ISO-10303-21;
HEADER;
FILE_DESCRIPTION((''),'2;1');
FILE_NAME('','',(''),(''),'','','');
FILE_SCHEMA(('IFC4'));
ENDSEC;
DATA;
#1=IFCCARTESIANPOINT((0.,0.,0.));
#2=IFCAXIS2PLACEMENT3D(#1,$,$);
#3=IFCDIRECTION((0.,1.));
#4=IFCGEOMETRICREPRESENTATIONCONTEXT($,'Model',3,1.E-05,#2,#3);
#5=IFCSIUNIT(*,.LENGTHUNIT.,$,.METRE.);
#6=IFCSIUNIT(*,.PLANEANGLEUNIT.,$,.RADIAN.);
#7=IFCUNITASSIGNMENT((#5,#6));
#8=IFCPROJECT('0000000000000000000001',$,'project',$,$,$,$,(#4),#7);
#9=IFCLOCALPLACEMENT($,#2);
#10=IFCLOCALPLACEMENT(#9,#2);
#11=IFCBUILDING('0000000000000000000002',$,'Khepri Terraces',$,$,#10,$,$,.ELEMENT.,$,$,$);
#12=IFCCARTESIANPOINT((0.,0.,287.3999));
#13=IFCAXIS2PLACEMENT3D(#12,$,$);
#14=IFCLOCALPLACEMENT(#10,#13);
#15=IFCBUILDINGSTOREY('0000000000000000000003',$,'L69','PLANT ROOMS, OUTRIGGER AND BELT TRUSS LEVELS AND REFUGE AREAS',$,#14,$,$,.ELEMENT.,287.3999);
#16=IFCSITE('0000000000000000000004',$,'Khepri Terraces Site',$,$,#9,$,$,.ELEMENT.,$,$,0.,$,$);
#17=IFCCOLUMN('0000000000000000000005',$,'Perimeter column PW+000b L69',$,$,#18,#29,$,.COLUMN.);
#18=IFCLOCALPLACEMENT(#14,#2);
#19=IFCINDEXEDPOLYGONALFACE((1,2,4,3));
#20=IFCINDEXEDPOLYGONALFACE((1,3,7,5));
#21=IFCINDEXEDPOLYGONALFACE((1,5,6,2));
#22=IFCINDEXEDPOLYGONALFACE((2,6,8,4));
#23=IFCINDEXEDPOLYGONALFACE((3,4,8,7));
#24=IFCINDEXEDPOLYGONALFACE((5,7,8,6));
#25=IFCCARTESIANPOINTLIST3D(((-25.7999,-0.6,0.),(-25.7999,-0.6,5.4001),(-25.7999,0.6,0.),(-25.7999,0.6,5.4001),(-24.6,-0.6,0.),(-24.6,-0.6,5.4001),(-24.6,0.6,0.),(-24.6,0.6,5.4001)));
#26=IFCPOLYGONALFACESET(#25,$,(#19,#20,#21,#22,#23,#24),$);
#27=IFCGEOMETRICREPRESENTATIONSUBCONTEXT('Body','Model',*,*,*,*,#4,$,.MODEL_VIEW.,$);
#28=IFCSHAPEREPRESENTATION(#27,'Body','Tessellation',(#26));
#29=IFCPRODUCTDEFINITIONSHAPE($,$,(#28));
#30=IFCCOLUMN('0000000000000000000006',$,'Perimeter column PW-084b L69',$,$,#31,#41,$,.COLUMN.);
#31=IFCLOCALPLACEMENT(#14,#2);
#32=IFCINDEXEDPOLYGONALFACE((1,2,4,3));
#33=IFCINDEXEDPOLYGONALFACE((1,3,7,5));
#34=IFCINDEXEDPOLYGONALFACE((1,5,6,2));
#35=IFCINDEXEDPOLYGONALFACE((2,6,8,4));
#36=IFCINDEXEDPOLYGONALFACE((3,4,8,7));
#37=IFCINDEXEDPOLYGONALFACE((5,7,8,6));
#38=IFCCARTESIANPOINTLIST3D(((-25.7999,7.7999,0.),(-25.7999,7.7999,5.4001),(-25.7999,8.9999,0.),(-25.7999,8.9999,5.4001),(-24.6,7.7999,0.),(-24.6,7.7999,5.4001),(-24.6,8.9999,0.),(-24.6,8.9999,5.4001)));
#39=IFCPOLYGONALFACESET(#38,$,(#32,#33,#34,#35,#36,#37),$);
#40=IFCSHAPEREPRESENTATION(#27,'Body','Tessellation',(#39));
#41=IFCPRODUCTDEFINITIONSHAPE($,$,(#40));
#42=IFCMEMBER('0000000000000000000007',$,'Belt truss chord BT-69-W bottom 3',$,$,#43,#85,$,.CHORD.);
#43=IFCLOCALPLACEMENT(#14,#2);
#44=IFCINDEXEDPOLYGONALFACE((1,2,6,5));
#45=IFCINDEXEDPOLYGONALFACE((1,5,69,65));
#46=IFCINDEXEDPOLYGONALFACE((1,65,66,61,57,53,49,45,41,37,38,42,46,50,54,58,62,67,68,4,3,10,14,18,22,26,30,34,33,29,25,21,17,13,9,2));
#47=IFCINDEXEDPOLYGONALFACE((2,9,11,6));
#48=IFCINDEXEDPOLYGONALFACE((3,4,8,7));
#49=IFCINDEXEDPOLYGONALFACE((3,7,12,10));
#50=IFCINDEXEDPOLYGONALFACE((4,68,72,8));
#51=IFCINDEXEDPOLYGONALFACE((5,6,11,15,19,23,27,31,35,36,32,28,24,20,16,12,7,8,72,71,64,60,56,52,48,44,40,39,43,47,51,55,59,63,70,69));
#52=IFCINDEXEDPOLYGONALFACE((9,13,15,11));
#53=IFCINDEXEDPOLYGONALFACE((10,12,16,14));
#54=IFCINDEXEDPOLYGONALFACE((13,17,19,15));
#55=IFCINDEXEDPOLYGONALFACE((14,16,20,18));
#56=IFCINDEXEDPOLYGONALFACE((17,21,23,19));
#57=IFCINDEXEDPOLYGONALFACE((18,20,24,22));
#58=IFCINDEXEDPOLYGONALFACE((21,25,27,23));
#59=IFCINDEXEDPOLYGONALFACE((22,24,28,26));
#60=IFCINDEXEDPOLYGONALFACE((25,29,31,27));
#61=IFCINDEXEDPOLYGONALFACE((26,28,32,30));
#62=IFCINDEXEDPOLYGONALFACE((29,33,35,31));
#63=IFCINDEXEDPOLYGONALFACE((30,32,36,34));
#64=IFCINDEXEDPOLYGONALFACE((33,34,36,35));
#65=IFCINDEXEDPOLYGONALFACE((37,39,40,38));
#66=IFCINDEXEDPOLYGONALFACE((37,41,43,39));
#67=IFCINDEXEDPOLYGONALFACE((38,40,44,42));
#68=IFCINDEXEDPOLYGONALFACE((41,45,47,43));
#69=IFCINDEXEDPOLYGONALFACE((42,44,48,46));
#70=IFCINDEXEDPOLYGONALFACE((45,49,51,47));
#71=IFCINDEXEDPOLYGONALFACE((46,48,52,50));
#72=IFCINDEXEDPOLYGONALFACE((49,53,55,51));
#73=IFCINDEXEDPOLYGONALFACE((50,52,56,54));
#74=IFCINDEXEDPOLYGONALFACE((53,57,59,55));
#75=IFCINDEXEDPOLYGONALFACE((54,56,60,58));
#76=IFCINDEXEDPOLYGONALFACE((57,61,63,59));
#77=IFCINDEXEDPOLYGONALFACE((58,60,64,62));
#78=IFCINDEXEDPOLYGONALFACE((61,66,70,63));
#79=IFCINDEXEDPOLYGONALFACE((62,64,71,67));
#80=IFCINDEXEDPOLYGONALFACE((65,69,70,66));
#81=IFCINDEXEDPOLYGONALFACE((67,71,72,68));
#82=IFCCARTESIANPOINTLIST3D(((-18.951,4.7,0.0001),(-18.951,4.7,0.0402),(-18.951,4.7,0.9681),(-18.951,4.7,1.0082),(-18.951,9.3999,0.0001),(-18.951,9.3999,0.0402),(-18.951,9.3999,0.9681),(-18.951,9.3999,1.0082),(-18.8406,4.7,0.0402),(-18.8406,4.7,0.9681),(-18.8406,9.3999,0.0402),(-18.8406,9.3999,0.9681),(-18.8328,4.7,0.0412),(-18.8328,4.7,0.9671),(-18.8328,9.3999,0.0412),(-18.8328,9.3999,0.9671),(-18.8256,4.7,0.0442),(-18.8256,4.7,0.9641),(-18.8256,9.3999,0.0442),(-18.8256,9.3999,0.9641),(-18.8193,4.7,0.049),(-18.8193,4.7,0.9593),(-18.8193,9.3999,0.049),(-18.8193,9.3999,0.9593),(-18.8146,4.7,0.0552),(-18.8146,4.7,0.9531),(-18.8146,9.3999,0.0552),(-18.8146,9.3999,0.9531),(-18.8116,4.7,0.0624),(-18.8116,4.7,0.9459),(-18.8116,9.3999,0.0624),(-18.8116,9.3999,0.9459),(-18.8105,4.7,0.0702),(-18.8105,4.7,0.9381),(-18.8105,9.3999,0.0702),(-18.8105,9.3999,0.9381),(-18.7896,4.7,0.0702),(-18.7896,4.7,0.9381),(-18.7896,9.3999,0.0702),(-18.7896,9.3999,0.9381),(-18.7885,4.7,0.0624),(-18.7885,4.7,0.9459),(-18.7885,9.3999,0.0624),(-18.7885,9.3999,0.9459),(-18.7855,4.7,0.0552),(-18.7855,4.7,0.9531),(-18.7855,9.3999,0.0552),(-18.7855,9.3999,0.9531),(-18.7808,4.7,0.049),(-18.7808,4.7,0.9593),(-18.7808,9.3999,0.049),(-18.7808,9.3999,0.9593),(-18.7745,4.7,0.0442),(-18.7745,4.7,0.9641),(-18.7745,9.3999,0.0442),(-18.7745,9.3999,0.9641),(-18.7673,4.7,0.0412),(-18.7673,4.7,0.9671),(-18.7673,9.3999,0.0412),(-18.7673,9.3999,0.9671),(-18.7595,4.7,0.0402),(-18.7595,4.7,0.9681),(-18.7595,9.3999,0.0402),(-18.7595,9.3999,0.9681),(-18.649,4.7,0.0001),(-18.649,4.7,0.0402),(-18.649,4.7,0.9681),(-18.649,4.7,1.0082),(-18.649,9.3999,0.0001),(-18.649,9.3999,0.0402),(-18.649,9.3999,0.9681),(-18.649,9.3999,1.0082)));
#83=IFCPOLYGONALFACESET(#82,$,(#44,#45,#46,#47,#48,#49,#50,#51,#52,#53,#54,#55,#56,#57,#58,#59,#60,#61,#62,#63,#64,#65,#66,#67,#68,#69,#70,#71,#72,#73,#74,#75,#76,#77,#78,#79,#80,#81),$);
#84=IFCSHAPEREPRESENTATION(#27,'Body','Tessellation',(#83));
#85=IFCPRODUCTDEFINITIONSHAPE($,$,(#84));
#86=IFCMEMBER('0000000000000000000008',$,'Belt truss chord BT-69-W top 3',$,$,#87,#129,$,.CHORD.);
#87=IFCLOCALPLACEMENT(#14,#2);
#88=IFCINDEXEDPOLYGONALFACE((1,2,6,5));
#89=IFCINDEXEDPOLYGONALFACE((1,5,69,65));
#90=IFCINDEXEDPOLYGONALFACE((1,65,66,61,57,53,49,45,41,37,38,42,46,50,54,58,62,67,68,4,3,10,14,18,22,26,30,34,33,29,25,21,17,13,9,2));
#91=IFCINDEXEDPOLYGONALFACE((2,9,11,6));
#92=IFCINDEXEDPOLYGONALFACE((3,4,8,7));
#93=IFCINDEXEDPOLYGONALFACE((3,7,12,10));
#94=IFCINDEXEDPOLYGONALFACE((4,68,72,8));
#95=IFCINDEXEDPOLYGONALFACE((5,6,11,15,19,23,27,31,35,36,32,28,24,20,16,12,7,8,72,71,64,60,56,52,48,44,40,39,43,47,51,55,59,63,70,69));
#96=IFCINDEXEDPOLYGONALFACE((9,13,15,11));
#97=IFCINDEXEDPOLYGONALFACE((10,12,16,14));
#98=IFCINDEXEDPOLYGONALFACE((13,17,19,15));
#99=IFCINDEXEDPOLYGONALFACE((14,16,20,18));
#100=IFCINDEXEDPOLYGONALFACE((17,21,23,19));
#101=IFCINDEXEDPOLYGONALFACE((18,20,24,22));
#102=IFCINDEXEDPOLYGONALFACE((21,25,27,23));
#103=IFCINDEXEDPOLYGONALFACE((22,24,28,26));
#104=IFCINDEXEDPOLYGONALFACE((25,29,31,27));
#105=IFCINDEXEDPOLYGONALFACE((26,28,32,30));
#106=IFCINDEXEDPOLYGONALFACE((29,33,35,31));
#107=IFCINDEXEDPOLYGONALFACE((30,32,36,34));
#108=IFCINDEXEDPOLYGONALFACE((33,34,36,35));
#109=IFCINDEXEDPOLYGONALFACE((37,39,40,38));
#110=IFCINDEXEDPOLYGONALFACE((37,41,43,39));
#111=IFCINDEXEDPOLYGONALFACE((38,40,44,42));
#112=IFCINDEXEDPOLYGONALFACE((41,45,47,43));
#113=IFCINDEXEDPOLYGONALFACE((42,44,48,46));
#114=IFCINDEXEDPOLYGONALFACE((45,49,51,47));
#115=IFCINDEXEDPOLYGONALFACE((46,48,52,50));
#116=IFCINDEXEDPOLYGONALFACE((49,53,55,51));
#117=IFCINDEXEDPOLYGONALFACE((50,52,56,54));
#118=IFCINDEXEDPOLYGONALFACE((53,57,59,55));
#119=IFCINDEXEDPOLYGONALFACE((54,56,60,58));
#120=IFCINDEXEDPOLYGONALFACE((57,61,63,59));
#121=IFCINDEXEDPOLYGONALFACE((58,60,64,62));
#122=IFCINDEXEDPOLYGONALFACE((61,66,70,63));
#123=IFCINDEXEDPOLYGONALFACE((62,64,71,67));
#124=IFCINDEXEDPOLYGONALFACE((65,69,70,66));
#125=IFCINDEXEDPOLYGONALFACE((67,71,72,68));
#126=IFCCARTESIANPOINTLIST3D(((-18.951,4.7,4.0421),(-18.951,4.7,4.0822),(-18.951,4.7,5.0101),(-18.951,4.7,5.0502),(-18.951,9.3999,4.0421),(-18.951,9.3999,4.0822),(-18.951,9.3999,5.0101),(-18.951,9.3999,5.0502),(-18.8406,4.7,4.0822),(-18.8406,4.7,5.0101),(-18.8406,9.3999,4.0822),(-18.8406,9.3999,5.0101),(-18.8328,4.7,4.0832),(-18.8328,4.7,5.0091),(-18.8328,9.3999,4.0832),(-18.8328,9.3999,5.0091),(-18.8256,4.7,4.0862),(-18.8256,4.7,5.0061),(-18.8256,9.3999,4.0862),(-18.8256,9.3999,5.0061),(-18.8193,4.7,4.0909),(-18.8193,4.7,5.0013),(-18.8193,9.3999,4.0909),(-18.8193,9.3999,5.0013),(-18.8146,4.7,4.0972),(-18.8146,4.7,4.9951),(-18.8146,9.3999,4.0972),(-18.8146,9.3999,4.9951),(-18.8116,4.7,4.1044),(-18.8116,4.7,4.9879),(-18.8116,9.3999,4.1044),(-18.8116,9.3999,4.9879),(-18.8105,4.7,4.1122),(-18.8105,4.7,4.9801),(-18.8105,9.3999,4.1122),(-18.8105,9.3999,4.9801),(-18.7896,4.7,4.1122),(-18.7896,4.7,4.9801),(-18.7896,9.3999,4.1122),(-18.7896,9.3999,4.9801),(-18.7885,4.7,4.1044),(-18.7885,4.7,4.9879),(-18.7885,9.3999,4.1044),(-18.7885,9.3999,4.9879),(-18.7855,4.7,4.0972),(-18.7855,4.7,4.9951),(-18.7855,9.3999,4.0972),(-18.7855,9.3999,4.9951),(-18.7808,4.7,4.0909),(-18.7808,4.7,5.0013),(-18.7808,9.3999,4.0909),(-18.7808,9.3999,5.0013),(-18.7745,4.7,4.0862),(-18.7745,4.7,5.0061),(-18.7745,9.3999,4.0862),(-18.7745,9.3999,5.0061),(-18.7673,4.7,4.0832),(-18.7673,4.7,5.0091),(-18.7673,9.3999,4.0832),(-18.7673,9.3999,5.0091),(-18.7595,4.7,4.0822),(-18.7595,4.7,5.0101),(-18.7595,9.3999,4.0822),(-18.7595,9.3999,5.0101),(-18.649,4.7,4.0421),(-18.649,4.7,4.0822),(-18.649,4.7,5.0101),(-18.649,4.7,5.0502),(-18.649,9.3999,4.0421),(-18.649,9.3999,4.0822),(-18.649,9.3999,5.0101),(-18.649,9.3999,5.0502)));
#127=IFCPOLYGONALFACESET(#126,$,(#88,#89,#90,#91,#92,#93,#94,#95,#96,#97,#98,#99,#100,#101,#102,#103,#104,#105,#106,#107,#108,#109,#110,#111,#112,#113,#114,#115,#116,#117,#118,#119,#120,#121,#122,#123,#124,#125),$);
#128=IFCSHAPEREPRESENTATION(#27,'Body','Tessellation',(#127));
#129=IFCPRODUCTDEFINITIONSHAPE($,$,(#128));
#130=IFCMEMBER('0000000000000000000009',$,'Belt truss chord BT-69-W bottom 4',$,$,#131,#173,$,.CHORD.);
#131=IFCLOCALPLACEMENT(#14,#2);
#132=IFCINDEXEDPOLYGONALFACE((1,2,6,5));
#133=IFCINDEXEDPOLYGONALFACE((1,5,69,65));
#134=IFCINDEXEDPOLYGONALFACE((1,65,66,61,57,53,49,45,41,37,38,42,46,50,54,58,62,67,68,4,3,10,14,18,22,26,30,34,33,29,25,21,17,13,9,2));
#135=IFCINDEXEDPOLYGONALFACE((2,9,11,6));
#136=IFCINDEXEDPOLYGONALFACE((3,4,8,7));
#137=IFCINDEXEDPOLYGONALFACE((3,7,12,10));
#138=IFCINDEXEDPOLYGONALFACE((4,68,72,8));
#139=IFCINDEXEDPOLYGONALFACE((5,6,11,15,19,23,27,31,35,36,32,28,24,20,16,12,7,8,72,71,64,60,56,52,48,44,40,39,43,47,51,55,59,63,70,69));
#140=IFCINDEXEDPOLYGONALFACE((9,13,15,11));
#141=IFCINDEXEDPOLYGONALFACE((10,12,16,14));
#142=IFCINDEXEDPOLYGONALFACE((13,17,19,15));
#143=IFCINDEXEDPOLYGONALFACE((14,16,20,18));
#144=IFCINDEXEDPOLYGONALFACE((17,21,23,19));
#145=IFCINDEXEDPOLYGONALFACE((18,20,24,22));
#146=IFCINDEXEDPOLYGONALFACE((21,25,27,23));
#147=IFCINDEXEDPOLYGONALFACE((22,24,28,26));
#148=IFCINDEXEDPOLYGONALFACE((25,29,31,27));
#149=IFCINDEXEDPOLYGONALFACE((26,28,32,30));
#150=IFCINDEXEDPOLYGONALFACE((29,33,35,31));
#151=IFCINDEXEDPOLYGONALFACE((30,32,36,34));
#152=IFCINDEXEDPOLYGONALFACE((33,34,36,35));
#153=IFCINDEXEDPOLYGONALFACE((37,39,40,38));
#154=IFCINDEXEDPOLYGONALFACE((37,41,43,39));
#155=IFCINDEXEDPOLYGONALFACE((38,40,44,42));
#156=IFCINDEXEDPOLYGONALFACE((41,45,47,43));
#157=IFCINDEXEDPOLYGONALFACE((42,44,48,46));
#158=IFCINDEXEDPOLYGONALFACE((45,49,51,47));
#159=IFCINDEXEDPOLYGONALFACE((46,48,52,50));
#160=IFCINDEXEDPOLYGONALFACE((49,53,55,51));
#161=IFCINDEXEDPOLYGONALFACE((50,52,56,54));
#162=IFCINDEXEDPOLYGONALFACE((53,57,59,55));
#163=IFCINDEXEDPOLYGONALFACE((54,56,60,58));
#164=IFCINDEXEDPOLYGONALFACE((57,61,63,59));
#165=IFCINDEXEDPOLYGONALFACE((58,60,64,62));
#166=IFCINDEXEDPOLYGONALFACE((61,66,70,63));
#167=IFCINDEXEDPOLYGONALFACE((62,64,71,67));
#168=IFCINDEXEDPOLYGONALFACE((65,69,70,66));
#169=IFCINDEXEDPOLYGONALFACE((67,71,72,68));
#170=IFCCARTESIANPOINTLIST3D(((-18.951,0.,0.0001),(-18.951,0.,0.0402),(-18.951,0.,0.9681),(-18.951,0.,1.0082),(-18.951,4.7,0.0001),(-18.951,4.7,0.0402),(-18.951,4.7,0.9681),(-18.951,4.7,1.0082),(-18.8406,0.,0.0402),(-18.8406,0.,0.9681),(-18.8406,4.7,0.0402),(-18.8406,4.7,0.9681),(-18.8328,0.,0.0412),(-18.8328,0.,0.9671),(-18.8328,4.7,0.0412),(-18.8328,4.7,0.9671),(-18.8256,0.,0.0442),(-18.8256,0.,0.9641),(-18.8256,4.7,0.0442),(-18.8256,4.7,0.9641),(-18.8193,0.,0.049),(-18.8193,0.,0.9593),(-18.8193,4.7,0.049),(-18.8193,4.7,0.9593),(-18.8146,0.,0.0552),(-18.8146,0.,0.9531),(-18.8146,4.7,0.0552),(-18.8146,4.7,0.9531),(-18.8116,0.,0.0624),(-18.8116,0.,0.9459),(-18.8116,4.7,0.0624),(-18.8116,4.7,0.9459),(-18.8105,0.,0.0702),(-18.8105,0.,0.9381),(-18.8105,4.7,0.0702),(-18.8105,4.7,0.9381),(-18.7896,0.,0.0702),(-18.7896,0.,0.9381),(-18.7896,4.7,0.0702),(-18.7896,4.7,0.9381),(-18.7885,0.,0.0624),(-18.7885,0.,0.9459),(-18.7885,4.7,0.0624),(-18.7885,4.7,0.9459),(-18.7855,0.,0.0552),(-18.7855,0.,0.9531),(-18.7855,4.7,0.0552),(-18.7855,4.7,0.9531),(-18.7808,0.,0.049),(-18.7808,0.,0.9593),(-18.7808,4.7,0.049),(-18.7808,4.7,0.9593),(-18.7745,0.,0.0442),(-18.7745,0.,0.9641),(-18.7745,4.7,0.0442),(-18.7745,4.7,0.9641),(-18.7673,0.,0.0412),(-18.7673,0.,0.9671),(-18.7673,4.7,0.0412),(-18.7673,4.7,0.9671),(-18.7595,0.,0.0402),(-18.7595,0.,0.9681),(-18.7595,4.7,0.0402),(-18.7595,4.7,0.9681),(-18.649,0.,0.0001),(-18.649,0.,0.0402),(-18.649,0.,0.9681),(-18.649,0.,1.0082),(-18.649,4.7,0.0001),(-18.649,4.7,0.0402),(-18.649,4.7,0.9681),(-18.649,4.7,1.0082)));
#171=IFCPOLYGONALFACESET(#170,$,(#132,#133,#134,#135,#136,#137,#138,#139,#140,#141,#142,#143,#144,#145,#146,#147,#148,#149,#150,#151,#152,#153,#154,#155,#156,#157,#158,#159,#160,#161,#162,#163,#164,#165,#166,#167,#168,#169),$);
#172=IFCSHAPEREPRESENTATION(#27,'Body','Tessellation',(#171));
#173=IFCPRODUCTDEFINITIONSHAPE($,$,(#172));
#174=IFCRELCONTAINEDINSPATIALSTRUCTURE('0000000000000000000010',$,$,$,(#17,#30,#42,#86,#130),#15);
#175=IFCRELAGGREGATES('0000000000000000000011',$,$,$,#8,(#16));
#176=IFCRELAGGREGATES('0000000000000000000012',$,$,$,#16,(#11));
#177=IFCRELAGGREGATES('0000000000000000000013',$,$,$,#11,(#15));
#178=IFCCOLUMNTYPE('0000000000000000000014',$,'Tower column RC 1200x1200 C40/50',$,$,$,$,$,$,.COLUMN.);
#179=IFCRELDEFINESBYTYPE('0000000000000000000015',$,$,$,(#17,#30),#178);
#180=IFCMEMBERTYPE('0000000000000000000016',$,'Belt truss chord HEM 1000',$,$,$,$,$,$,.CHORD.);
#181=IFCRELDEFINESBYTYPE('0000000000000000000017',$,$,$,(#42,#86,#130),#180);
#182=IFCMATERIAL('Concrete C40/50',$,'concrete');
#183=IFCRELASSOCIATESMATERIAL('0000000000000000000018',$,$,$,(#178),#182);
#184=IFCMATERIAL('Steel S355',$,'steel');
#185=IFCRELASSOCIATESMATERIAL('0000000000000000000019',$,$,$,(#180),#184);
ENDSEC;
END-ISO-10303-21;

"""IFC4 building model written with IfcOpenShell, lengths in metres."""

from ifc_helpers import new_model, si_unit, direction, frame, origin, origin_2d, place, context, subcontext, project, spatial, rectangle, i_section, extrude, material, material_profile, profile_set, type_object, element, save


model = new_model("IFC4")

# Units and contexts
model_context = context("Model", 3, precision=1e-05, world=origin(), true_north=direction((0.0, 1.0)))
body_context = subcontext(model_context, "Body", "Model", "MODEL_VIEW")
ifc_project = project(units=[si_unit("LENGTHUNIT", "METRE"), si_unit("PLANEANGLEUNIT", "RADIAN")], contexts=[model_context])

# Site, building, storey
site_placement = place(None, origin())
site = spatial("IfcSite", under=ifc_project, at=site_placement, Name="Khepri Terraces Site", CompositionType="ELEMENT", RefElevation=0.0)
building_placement = place(site_placement, origin())
building = spatial("IfcBuilding", under=site, at=building_placement, Name="Khepri Terraces", CompositionType="ELEMENT")
storey_placement = place(building_placement, frame((0.0, 0.0, 287.3999)))
storey = spatial("IfcBuildingStorey", under=building, at=storey_placement, Name="L69", Description="PLANT ROOMS, OUTRIGGER AND BELT TRUSS LEVELS AND REFUGE AREAS", CompositionType="ELEMENT", Elevation=287.3999)

# Columns
ifc_material_1 = material(Name="Concrete C40/50", Category="concrete")
ifc_material_profile_1 = material_profile(ifc_material_1, rectangle(XDim=1.2, YDim=1.2, at=origin_2d()), Name="Concrete C40/50", Category="concrete")
ifc_profile_set_1 = profile_set([ifc_material_profile_1], Name="Concrete C40/50")
column_type = type_object("IfcColumnType", Name="Tower column RC 1200x1200 C40/50", PredefinedType="COLUMN", material=ifc_profile_set_1)
for number, where, z_axis, x_axis, name in (
    (1, (-25.2, 0.0, 0.0), (0.0, 0.0, 1.0), (1.0, 0.0, 0.0), "Perimeter column PW+000b L69"),
    (2, (-25.2, 8.3999, 0.0), (0.0, 0.0, 1.0), (1.0, 0.0, 0.0), "Perimeter column PW-084b L69"),
):
    element("IfcColumn", number, at=place(storey_placement, frame(where, z_axis=z_axis, x_axis=x_axis)), inside=storey, type_object=column_type, Name=name, PredefinedType="COLUMN", context=body_context, shape_type="SweptSolid", body=[
        extrude(rectangle(XDim=1.2, YDim=1.2, at=origin_2d()), origin(), (0.0, 0.0, 1.0), 5.4001),
    ])

# Members
ifc_material_2 = material(Name="Steel S355", Category="steel")
ifc_material_profile_2 = material_profile(ifc_material_2, i_section(OverallWidth=0.302, OverallDepth=1.0081, WebThickness=0.021, FlangeThickness=0.04, FilletRadius=0.03, at=origin_2d()), Name="Steel S355", Category="steel")
ifc_profile_set_2 = profile_set([ifc_material_profile_2], Name="Steel S355")
member_type_1 = type_object("IfcMemberType", Name="Belt truss chord HEM 1000", PredefinedType="CHORD", material=ifc_profile_set_2)
for number, where, z_axis, x_axis, name in (
    (3, (-18.8, 9.3999, 0.5042), (0.0, -1.0, 0.0), (1.0, 0.0, 0.0), "Belt truss chord BT-69-W bottom 3"),
    (4, (-18.8, 9.3999, 4.5461), (0.0, -1.0, 0.0), (1.0, 0.0, 0.0), "Belt truss chord BT-69-W top 3"),
    (5, (-18.8, 4.7, 0.5042), (0.0, -1.0, 0.0), (1.0, 0.0, 0.0), "Belt truss chord BT-69-W bottom 4"),
):
    element("IfcMember", number, at=place(storey_placement, frame(where, z_axis=z_axis, x_axis=x_axis)), inside=storey, type_object=member_type_1, Name=name, PredefinedType="CHORD", context=body_context, shape_type="SweptSolid", body=[
        extrude(i_section(OverallWidth=0.302, OverallDepth=1.0081, WebThickness=0.021, FlangeThickness=0.04, FilletRadius=0.03, at=origin_2d()), origin(), (0.0, 0.0, 1.0), 4.7),
    ])

save(model, "model.ifc")
